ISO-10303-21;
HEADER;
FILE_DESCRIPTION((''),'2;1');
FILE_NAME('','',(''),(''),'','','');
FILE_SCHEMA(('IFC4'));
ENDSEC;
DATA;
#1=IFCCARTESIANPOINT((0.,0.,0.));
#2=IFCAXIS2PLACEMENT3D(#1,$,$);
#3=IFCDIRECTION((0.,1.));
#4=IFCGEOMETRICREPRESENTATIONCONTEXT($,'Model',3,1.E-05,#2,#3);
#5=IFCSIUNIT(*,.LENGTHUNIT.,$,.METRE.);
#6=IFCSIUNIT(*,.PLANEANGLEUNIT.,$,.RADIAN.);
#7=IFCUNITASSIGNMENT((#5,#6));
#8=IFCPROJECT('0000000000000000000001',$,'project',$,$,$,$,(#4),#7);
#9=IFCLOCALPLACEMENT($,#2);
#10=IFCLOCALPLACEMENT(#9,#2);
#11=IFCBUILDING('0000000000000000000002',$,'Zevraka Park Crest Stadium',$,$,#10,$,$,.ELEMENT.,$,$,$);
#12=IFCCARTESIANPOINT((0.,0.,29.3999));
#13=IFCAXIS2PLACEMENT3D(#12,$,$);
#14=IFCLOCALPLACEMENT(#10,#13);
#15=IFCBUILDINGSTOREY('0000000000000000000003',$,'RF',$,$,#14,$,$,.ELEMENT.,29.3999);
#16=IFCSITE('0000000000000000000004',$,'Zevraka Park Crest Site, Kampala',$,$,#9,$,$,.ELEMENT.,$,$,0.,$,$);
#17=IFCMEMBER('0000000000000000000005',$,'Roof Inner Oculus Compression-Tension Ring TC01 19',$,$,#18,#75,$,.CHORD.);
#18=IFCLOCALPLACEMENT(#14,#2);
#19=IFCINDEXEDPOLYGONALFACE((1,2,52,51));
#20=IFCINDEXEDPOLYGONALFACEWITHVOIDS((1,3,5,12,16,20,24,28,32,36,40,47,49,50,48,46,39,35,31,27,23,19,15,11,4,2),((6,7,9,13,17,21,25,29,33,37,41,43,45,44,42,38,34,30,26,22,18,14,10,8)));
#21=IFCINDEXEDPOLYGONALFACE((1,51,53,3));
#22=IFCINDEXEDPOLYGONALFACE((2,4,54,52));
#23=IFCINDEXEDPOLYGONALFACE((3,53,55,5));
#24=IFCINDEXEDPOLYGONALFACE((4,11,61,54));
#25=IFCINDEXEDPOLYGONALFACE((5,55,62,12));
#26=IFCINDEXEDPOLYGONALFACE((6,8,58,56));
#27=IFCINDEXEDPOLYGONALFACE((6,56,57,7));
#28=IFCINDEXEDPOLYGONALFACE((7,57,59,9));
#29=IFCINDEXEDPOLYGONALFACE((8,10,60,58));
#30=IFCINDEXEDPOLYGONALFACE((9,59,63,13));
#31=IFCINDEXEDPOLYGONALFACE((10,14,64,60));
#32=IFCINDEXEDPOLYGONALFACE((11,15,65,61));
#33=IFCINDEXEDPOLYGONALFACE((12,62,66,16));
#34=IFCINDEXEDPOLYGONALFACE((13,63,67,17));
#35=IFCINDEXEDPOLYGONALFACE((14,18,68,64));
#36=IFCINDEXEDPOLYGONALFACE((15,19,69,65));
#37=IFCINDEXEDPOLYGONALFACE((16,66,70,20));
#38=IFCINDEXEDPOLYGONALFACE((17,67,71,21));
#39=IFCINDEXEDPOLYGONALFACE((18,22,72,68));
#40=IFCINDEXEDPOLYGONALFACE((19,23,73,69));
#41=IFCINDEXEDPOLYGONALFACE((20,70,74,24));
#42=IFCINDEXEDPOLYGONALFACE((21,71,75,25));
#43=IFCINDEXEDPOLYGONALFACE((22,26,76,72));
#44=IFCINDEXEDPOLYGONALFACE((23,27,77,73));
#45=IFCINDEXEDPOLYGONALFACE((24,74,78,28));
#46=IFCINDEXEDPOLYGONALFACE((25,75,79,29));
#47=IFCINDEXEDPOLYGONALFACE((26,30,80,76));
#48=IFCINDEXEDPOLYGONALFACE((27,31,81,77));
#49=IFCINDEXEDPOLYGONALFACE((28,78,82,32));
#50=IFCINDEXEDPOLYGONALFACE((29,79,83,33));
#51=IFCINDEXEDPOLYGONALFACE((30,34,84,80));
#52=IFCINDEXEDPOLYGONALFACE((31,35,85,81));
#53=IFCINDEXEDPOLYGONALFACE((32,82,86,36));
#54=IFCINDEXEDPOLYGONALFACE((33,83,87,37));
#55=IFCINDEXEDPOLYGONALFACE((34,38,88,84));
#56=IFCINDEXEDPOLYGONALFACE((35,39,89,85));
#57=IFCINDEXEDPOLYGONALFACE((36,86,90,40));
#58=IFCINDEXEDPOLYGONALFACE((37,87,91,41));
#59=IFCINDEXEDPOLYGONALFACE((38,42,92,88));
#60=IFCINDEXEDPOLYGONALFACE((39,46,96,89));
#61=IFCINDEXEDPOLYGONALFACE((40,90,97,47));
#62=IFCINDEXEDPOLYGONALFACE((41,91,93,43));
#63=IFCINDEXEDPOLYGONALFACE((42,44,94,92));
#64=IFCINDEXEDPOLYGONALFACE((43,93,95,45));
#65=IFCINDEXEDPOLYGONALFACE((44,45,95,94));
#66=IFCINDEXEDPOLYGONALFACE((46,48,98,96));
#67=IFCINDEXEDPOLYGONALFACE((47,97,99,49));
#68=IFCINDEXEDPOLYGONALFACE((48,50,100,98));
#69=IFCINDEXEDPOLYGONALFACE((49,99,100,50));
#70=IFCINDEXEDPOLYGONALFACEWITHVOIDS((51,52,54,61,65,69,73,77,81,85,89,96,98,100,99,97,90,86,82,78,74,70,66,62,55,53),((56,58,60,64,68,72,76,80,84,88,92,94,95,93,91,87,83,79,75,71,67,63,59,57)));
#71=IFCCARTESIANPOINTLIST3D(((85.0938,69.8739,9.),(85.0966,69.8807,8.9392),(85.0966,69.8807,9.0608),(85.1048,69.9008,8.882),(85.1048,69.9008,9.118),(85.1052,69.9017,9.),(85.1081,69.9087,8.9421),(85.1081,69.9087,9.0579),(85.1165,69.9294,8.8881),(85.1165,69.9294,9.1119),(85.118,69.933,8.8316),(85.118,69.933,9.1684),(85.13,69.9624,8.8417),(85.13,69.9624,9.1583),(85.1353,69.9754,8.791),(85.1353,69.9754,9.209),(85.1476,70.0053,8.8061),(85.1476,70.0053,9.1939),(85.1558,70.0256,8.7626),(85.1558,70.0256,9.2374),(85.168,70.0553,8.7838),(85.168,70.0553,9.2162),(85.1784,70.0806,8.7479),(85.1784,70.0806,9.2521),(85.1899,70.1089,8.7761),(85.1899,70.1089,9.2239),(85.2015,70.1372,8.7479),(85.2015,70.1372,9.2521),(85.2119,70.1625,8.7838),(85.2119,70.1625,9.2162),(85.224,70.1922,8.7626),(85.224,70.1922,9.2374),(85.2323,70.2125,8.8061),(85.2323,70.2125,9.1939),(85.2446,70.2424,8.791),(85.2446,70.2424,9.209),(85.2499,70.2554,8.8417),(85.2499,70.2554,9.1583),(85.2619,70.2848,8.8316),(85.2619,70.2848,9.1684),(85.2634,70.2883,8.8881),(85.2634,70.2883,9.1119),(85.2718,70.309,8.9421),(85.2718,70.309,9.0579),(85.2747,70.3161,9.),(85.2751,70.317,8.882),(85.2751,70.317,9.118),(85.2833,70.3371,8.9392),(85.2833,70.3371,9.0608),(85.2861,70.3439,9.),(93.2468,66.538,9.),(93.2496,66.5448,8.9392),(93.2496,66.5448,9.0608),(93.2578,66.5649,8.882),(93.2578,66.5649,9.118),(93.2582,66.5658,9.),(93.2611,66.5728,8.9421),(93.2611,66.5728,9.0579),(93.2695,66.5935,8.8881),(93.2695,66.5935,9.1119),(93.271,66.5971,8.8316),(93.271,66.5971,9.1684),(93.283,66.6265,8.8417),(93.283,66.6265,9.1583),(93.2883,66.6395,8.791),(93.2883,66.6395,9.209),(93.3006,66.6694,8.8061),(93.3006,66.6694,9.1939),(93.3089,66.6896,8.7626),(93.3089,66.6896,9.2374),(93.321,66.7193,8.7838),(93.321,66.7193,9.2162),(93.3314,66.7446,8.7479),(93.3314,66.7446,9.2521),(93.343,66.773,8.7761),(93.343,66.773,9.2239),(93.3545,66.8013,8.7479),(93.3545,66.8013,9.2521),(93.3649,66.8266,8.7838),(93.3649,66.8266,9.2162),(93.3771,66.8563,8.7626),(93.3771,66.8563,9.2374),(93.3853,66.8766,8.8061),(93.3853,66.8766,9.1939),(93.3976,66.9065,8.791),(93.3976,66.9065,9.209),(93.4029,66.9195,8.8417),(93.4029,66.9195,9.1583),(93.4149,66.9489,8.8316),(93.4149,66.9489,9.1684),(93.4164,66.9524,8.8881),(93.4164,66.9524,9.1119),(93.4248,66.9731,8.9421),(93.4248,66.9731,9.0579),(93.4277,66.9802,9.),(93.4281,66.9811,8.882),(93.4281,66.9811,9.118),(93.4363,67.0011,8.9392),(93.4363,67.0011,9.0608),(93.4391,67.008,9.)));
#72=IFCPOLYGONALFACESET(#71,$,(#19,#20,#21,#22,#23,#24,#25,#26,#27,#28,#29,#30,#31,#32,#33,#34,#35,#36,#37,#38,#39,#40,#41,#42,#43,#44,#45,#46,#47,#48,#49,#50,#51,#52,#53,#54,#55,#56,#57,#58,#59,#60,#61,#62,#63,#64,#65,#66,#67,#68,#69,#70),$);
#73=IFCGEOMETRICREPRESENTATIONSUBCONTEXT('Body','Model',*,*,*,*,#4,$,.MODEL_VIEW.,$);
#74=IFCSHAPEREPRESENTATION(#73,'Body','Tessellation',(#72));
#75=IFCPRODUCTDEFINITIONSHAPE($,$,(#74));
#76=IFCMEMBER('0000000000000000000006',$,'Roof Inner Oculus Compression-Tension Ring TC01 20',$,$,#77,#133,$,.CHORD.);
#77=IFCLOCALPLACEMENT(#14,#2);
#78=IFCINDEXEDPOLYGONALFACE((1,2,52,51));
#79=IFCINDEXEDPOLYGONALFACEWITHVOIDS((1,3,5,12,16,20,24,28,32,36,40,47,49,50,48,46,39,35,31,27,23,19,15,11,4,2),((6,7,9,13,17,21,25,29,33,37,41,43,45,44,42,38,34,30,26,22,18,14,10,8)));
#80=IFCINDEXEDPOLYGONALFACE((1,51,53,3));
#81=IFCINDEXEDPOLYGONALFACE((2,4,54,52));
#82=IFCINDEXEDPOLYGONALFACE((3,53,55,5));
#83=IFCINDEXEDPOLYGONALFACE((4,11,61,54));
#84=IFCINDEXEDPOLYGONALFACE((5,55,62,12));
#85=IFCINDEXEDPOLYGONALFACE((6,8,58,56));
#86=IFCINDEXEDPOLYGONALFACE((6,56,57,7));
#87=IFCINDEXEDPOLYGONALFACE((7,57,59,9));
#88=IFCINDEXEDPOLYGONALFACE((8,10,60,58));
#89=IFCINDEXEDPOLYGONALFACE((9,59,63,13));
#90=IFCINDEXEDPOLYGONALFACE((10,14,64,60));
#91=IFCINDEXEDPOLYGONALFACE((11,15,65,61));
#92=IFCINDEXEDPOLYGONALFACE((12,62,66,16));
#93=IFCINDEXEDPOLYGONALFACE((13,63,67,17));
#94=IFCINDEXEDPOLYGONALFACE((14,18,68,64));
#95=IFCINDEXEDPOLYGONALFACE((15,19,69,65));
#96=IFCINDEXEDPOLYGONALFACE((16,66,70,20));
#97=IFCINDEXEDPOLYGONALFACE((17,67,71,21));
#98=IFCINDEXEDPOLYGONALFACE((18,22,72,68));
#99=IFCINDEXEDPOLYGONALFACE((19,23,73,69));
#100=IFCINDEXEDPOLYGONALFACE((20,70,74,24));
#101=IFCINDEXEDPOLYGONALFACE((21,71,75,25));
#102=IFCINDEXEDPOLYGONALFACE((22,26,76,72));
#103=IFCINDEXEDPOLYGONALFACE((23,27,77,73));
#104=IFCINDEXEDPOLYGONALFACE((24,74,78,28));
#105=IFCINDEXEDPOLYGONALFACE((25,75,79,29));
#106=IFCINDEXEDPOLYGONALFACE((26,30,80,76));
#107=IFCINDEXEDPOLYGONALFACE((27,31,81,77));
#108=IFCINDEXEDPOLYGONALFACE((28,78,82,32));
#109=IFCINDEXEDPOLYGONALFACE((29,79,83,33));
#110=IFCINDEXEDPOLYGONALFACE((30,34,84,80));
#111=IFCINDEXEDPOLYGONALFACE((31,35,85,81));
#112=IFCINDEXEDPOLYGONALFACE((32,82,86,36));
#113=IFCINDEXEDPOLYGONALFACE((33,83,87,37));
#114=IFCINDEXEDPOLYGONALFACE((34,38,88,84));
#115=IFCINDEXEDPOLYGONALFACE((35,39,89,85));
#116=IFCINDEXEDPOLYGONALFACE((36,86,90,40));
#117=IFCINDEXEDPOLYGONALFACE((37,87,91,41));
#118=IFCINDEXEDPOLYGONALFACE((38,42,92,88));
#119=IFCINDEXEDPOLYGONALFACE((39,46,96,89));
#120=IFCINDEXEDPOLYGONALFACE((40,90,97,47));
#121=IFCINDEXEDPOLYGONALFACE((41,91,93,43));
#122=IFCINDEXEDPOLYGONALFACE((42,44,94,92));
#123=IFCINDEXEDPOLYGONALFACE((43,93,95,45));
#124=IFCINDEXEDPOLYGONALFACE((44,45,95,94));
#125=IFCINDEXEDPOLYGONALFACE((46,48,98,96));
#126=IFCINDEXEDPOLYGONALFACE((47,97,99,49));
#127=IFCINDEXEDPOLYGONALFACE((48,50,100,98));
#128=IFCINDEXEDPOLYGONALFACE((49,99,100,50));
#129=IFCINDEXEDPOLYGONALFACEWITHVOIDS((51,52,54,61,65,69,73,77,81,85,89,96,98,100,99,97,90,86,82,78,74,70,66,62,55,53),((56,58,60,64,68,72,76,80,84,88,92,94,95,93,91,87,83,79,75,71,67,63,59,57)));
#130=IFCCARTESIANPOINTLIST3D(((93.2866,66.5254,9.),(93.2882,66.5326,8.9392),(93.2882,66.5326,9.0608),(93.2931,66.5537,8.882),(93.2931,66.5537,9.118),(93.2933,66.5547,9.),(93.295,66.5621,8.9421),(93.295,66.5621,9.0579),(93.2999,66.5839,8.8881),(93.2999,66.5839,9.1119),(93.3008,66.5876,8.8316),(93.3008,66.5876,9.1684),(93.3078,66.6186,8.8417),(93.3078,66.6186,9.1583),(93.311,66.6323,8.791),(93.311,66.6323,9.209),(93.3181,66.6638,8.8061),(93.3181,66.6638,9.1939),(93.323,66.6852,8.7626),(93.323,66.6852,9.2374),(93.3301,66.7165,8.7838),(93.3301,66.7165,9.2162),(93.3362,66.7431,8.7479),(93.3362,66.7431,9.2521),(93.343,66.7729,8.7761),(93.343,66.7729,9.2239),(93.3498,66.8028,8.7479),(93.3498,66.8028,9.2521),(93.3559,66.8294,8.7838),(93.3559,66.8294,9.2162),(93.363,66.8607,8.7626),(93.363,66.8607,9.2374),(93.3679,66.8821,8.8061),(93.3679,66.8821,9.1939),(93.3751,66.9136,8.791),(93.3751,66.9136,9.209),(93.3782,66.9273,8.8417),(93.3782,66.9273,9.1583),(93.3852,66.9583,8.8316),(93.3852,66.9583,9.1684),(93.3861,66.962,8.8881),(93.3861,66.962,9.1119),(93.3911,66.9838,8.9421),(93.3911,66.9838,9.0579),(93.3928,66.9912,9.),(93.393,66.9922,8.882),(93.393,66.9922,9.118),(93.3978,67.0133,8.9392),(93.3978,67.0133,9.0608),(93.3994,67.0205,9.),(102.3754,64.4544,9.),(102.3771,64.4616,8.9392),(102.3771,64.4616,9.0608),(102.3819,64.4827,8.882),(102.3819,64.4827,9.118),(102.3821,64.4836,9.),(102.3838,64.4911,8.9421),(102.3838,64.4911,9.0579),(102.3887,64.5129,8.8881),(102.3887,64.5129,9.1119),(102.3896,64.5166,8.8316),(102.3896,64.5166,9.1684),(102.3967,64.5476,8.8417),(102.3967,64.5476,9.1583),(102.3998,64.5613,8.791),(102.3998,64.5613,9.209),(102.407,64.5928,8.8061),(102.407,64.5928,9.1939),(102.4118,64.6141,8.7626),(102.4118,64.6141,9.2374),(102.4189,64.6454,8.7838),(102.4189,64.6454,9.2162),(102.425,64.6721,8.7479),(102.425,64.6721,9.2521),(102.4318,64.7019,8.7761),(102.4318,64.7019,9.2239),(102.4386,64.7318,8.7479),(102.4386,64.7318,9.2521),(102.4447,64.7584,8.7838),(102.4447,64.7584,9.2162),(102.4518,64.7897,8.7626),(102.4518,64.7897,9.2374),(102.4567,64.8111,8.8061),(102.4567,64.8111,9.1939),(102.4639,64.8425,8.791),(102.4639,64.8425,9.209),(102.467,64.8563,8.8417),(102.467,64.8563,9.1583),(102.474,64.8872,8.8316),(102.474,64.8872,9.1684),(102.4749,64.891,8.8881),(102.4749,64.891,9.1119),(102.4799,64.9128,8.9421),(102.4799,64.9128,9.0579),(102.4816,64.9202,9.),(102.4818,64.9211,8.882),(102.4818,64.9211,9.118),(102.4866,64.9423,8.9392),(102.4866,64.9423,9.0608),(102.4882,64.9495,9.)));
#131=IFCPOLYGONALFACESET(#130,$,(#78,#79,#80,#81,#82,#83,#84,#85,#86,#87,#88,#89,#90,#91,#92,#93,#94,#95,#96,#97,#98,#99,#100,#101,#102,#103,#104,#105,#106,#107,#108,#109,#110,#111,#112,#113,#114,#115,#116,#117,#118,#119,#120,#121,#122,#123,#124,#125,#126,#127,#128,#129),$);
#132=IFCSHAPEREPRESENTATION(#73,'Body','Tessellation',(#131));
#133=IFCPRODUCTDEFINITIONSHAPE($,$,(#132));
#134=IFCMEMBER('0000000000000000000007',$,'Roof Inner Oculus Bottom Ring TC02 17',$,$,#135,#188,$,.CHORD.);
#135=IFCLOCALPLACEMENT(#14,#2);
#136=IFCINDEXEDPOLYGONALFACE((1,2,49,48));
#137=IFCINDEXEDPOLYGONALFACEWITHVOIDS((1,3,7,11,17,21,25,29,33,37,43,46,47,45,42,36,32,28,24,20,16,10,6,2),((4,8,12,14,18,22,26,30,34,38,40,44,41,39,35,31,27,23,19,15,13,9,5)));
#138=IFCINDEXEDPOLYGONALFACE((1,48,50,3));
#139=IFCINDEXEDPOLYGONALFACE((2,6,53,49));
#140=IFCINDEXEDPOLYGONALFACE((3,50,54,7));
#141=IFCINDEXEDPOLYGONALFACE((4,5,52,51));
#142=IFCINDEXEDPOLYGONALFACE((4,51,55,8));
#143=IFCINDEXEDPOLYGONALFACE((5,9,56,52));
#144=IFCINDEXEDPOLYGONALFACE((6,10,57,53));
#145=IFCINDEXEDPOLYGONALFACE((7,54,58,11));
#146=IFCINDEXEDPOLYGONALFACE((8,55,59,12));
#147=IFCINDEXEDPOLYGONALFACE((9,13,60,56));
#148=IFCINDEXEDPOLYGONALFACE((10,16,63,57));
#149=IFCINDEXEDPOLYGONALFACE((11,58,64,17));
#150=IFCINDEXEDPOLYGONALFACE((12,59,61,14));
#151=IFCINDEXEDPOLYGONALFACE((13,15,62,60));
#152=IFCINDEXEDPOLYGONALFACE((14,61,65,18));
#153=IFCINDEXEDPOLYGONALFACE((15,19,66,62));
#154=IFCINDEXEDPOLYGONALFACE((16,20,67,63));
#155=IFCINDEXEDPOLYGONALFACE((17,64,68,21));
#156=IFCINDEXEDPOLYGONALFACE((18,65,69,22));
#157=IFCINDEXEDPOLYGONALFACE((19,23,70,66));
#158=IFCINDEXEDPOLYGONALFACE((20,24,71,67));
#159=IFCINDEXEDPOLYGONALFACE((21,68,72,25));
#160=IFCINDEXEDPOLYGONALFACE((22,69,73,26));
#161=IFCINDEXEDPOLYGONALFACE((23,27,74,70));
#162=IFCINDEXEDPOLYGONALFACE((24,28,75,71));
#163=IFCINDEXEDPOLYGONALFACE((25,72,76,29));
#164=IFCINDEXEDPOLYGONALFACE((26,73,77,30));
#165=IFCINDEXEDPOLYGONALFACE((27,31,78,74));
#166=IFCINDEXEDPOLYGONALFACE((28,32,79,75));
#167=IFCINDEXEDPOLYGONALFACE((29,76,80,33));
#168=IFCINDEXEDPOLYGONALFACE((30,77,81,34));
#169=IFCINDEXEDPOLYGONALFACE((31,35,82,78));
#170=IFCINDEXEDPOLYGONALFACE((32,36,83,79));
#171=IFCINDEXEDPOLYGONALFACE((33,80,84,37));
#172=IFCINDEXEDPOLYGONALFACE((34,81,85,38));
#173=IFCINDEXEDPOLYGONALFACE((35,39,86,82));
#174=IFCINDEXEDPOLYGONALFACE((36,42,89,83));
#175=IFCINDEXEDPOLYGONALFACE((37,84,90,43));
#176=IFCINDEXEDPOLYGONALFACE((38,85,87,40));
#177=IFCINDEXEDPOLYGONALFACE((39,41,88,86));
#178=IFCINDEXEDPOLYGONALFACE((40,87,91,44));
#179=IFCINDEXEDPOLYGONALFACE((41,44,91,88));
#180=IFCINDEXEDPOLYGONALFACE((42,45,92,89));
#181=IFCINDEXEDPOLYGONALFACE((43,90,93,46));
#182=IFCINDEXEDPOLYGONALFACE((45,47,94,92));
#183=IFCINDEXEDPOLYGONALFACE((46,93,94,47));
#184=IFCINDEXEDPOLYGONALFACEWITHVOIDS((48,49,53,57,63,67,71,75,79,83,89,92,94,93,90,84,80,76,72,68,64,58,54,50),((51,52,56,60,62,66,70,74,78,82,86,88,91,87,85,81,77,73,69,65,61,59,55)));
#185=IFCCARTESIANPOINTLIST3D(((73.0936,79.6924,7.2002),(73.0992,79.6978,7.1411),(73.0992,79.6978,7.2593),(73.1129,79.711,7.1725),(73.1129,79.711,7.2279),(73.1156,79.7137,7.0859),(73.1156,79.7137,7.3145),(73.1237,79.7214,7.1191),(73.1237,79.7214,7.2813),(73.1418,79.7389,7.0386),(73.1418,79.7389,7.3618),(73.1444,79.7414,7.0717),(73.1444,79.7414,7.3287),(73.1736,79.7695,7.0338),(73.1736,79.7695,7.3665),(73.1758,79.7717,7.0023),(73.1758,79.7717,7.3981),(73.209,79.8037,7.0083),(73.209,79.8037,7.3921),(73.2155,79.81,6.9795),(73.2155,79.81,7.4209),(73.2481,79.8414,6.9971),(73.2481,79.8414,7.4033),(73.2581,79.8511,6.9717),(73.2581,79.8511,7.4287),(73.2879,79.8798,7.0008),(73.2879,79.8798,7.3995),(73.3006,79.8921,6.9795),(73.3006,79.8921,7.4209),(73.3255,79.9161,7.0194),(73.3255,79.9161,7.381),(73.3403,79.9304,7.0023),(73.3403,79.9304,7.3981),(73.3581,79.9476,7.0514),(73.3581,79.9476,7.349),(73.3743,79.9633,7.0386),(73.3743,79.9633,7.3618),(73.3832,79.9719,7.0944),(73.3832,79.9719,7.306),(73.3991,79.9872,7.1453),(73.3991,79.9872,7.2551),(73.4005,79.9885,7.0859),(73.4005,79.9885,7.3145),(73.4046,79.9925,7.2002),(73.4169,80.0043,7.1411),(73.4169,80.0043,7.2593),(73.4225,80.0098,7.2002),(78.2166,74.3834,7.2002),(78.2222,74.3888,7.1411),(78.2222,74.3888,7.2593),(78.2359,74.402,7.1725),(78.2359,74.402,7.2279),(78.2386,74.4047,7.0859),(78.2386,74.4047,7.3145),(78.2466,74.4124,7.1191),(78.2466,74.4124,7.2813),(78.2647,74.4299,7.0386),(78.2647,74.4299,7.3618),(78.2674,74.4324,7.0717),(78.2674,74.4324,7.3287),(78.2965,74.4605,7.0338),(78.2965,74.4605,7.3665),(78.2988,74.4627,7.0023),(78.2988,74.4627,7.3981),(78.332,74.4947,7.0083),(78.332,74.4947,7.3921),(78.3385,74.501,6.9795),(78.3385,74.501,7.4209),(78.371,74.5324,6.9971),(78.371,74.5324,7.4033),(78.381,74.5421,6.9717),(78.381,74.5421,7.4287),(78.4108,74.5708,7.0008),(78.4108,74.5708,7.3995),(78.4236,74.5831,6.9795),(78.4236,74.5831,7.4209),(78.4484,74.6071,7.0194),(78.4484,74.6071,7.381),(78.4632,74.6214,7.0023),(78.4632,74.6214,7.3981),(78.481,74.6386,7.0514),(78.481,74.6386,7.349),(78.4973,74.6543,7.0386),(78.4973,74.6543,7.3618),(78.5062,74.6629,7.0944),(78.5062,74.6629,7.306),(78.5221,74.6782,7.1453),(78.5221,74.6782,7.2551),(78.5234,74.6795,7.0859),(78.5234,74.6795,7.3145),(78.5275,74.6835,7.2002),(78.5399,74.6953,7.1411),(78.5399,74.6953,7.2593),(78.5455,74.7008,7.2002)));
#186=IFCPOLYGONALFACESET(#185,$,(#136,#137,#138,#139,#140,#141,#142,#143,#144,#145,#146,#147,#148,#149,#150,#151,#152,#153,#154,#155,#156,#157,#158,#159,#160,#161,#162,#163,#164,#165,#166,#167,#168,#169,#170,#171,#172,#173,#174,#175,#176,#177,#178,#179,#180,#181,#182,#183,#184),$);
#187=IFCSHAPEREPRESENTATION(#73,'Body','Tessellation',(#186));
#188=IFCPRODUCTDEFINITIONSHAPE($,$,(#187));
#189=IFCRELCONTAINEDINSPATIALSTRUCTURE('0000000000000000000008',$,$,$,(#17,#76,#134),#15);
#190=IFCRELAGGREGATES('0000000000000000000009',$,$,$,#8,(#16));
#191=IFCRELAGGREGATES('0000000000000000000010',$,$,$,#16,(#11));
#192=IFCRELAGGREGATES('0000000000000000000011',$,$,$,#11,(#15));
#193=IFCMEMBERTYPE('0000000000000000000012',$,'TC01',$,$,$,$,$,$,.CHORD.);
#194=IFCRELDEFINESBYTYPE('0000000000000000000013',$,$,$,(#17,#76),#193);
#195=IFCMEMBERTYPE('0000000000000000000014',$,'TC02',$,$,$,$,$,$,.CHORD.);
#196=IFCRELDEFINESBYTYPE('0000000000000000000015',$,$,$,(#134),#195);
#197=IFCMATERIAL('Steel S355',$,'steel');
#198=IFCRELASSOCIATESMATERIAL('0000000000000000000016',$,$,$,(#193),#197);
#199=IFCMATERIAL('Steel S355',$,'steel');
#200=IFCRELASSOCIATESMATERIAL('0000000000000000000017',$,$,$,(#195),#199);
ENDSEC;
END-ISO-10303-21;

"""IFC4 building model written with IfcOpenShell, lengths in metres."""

from ifc_helpers import new_model, si_unit, direction, frame, origin, origin_2d, place, context, subcontext, project, spatial, hollow_circle, extrude, material, material_profile, profile_set, type_object, element, save


model = new_model("IFC4")

# Units and contexts
model_context = context("Model", 3, precision=1e-05, world=origin(), true_north=direction((0.0, 1.0)))
body_context = subcontext(model_context, "Body", "Model", "MODEL_VIEW")
ifc_project = project(units=[si_unit("LENGTHUNIT", "METRE"), si_unit("PLANEANGLEUNIT", "RADIAN")], contexts=[model_context])

# Site, building, storey
site_placement = place(None, origin())
site = spatial("IfcSite", under=ifc_project, at=site_placement, Name="Zevraka Park Crest Site, Kampala", CompositionType="ELEMENT", RefElevation=0.0)
building_placement = place(site_placement, origin())
building = spatial("IfcBuilding", under=site, at=building_placement, Name="Zevraka Park Crest Stadium", CompositionType="ELEMENT")
storey_placement = place(building_placement, frame((0.0, 0.0, 29.3999)))
storey = spatial("IfcBuildingStorey", under=building, at=storey_placement, Name="RF", CompositionType="ELEMENT", Elevation=29.3999)

# Members
ifc_material_1 = material(Name="Steel S355", Category="steel")
ifc_material_profile_1 = material_profile(ifc_material_1, hollow_circle(Radius=0.2539, WallThickness=0.03, at=origin_2d()), Name="CHS 508.0x30")
ifc_profile_set_1 = profile_set([ifc_material_profile_1], Name="Steel S355")
member_type_1 = type_object("IfcMemberType", Name="TC01", PredefinedType="CHORD", material=ifc_profile_set_1)
member_1_placement = place(storey_placement, frame((85.1899, 70.1089, 9.0), z_axis=(0.925524, -0.37869, 0.0), x_axis=(0.37869, 0.925524, 0.0)))
element("IfcMember", 1, at=member_1_placement, inside=storey, type_object=member_type_1, Name="Roof Inner Oculus Compression-Tension Ring TC01 19", PredefinedType="CHORD", context=body_context, shape_type="SweptSolid", body=[
    extrude(hollow_circle(Radius=0.2539, WallThickness=0.03, at=origin_2d()), origin(), (0.0, 0.0, 1.0), 8.8091),
])
member_2_placement = place(storey_placement, frame((93.343, 66.7729, 9.0), z_axis=(0.975008, -0.222171, 0.0), x_axis=(0.222171, 0.975008, 0.0)))
element("IfcMember", 2, at=member_2_placement, inside=storey, type_object=member_type_1, Name="Roof Inner Oculus Compression-Tension Ring TC01 20", PredefinedType="CHORD", context=body_context, shape_type="SweptSolid", body=[
    extrude(hollow_circle(Radius=0.2539, WallThickness=0.03, at=origin_2d()), origin(), (0.0, 0.0, 1.0), 9.3218),
])
ifc_material_2 = material(Name="Steel S355", Category="steel")
ifc_material_profile_2 = material_profile(ifc_material_2, hollow_circle(Radius=0.2285, WallThickness=0.0249, at=origin_2d()), Name="CHS 457.0x25")
ifc_profile_set_2 = profile_set([ifc_material_profile_2], Name="Steel S355")
member_type_2 = type_object("IfcMemberType", Name="TC02", PredefinedType="CHORD", material=ifc_profile_set_2)
member_3_placement = place(storey_placement, frame((73.2581, 79.8511, 7.2002), z_axis=(0.694387, -0.719602, 0.0), x_axis=(0.719602, 0.694387, 0.0)))
element("IfcMember", 3, at=member_3_placement, inside=storey, type_object=member_type_2, Name="Roof Inner Oculus Bottom Ring TC02 17", PredefinedType="CHORD", context=body_context, shape_type="SweptSolid", body=[
    extrude(hollow_circle(Radius=0.2285, WallThickness=0.0249, at=origin_2d()), origin(), (0.0, 0.0, 1.0), 7.3777),
])

save(model, "model.ifc")
